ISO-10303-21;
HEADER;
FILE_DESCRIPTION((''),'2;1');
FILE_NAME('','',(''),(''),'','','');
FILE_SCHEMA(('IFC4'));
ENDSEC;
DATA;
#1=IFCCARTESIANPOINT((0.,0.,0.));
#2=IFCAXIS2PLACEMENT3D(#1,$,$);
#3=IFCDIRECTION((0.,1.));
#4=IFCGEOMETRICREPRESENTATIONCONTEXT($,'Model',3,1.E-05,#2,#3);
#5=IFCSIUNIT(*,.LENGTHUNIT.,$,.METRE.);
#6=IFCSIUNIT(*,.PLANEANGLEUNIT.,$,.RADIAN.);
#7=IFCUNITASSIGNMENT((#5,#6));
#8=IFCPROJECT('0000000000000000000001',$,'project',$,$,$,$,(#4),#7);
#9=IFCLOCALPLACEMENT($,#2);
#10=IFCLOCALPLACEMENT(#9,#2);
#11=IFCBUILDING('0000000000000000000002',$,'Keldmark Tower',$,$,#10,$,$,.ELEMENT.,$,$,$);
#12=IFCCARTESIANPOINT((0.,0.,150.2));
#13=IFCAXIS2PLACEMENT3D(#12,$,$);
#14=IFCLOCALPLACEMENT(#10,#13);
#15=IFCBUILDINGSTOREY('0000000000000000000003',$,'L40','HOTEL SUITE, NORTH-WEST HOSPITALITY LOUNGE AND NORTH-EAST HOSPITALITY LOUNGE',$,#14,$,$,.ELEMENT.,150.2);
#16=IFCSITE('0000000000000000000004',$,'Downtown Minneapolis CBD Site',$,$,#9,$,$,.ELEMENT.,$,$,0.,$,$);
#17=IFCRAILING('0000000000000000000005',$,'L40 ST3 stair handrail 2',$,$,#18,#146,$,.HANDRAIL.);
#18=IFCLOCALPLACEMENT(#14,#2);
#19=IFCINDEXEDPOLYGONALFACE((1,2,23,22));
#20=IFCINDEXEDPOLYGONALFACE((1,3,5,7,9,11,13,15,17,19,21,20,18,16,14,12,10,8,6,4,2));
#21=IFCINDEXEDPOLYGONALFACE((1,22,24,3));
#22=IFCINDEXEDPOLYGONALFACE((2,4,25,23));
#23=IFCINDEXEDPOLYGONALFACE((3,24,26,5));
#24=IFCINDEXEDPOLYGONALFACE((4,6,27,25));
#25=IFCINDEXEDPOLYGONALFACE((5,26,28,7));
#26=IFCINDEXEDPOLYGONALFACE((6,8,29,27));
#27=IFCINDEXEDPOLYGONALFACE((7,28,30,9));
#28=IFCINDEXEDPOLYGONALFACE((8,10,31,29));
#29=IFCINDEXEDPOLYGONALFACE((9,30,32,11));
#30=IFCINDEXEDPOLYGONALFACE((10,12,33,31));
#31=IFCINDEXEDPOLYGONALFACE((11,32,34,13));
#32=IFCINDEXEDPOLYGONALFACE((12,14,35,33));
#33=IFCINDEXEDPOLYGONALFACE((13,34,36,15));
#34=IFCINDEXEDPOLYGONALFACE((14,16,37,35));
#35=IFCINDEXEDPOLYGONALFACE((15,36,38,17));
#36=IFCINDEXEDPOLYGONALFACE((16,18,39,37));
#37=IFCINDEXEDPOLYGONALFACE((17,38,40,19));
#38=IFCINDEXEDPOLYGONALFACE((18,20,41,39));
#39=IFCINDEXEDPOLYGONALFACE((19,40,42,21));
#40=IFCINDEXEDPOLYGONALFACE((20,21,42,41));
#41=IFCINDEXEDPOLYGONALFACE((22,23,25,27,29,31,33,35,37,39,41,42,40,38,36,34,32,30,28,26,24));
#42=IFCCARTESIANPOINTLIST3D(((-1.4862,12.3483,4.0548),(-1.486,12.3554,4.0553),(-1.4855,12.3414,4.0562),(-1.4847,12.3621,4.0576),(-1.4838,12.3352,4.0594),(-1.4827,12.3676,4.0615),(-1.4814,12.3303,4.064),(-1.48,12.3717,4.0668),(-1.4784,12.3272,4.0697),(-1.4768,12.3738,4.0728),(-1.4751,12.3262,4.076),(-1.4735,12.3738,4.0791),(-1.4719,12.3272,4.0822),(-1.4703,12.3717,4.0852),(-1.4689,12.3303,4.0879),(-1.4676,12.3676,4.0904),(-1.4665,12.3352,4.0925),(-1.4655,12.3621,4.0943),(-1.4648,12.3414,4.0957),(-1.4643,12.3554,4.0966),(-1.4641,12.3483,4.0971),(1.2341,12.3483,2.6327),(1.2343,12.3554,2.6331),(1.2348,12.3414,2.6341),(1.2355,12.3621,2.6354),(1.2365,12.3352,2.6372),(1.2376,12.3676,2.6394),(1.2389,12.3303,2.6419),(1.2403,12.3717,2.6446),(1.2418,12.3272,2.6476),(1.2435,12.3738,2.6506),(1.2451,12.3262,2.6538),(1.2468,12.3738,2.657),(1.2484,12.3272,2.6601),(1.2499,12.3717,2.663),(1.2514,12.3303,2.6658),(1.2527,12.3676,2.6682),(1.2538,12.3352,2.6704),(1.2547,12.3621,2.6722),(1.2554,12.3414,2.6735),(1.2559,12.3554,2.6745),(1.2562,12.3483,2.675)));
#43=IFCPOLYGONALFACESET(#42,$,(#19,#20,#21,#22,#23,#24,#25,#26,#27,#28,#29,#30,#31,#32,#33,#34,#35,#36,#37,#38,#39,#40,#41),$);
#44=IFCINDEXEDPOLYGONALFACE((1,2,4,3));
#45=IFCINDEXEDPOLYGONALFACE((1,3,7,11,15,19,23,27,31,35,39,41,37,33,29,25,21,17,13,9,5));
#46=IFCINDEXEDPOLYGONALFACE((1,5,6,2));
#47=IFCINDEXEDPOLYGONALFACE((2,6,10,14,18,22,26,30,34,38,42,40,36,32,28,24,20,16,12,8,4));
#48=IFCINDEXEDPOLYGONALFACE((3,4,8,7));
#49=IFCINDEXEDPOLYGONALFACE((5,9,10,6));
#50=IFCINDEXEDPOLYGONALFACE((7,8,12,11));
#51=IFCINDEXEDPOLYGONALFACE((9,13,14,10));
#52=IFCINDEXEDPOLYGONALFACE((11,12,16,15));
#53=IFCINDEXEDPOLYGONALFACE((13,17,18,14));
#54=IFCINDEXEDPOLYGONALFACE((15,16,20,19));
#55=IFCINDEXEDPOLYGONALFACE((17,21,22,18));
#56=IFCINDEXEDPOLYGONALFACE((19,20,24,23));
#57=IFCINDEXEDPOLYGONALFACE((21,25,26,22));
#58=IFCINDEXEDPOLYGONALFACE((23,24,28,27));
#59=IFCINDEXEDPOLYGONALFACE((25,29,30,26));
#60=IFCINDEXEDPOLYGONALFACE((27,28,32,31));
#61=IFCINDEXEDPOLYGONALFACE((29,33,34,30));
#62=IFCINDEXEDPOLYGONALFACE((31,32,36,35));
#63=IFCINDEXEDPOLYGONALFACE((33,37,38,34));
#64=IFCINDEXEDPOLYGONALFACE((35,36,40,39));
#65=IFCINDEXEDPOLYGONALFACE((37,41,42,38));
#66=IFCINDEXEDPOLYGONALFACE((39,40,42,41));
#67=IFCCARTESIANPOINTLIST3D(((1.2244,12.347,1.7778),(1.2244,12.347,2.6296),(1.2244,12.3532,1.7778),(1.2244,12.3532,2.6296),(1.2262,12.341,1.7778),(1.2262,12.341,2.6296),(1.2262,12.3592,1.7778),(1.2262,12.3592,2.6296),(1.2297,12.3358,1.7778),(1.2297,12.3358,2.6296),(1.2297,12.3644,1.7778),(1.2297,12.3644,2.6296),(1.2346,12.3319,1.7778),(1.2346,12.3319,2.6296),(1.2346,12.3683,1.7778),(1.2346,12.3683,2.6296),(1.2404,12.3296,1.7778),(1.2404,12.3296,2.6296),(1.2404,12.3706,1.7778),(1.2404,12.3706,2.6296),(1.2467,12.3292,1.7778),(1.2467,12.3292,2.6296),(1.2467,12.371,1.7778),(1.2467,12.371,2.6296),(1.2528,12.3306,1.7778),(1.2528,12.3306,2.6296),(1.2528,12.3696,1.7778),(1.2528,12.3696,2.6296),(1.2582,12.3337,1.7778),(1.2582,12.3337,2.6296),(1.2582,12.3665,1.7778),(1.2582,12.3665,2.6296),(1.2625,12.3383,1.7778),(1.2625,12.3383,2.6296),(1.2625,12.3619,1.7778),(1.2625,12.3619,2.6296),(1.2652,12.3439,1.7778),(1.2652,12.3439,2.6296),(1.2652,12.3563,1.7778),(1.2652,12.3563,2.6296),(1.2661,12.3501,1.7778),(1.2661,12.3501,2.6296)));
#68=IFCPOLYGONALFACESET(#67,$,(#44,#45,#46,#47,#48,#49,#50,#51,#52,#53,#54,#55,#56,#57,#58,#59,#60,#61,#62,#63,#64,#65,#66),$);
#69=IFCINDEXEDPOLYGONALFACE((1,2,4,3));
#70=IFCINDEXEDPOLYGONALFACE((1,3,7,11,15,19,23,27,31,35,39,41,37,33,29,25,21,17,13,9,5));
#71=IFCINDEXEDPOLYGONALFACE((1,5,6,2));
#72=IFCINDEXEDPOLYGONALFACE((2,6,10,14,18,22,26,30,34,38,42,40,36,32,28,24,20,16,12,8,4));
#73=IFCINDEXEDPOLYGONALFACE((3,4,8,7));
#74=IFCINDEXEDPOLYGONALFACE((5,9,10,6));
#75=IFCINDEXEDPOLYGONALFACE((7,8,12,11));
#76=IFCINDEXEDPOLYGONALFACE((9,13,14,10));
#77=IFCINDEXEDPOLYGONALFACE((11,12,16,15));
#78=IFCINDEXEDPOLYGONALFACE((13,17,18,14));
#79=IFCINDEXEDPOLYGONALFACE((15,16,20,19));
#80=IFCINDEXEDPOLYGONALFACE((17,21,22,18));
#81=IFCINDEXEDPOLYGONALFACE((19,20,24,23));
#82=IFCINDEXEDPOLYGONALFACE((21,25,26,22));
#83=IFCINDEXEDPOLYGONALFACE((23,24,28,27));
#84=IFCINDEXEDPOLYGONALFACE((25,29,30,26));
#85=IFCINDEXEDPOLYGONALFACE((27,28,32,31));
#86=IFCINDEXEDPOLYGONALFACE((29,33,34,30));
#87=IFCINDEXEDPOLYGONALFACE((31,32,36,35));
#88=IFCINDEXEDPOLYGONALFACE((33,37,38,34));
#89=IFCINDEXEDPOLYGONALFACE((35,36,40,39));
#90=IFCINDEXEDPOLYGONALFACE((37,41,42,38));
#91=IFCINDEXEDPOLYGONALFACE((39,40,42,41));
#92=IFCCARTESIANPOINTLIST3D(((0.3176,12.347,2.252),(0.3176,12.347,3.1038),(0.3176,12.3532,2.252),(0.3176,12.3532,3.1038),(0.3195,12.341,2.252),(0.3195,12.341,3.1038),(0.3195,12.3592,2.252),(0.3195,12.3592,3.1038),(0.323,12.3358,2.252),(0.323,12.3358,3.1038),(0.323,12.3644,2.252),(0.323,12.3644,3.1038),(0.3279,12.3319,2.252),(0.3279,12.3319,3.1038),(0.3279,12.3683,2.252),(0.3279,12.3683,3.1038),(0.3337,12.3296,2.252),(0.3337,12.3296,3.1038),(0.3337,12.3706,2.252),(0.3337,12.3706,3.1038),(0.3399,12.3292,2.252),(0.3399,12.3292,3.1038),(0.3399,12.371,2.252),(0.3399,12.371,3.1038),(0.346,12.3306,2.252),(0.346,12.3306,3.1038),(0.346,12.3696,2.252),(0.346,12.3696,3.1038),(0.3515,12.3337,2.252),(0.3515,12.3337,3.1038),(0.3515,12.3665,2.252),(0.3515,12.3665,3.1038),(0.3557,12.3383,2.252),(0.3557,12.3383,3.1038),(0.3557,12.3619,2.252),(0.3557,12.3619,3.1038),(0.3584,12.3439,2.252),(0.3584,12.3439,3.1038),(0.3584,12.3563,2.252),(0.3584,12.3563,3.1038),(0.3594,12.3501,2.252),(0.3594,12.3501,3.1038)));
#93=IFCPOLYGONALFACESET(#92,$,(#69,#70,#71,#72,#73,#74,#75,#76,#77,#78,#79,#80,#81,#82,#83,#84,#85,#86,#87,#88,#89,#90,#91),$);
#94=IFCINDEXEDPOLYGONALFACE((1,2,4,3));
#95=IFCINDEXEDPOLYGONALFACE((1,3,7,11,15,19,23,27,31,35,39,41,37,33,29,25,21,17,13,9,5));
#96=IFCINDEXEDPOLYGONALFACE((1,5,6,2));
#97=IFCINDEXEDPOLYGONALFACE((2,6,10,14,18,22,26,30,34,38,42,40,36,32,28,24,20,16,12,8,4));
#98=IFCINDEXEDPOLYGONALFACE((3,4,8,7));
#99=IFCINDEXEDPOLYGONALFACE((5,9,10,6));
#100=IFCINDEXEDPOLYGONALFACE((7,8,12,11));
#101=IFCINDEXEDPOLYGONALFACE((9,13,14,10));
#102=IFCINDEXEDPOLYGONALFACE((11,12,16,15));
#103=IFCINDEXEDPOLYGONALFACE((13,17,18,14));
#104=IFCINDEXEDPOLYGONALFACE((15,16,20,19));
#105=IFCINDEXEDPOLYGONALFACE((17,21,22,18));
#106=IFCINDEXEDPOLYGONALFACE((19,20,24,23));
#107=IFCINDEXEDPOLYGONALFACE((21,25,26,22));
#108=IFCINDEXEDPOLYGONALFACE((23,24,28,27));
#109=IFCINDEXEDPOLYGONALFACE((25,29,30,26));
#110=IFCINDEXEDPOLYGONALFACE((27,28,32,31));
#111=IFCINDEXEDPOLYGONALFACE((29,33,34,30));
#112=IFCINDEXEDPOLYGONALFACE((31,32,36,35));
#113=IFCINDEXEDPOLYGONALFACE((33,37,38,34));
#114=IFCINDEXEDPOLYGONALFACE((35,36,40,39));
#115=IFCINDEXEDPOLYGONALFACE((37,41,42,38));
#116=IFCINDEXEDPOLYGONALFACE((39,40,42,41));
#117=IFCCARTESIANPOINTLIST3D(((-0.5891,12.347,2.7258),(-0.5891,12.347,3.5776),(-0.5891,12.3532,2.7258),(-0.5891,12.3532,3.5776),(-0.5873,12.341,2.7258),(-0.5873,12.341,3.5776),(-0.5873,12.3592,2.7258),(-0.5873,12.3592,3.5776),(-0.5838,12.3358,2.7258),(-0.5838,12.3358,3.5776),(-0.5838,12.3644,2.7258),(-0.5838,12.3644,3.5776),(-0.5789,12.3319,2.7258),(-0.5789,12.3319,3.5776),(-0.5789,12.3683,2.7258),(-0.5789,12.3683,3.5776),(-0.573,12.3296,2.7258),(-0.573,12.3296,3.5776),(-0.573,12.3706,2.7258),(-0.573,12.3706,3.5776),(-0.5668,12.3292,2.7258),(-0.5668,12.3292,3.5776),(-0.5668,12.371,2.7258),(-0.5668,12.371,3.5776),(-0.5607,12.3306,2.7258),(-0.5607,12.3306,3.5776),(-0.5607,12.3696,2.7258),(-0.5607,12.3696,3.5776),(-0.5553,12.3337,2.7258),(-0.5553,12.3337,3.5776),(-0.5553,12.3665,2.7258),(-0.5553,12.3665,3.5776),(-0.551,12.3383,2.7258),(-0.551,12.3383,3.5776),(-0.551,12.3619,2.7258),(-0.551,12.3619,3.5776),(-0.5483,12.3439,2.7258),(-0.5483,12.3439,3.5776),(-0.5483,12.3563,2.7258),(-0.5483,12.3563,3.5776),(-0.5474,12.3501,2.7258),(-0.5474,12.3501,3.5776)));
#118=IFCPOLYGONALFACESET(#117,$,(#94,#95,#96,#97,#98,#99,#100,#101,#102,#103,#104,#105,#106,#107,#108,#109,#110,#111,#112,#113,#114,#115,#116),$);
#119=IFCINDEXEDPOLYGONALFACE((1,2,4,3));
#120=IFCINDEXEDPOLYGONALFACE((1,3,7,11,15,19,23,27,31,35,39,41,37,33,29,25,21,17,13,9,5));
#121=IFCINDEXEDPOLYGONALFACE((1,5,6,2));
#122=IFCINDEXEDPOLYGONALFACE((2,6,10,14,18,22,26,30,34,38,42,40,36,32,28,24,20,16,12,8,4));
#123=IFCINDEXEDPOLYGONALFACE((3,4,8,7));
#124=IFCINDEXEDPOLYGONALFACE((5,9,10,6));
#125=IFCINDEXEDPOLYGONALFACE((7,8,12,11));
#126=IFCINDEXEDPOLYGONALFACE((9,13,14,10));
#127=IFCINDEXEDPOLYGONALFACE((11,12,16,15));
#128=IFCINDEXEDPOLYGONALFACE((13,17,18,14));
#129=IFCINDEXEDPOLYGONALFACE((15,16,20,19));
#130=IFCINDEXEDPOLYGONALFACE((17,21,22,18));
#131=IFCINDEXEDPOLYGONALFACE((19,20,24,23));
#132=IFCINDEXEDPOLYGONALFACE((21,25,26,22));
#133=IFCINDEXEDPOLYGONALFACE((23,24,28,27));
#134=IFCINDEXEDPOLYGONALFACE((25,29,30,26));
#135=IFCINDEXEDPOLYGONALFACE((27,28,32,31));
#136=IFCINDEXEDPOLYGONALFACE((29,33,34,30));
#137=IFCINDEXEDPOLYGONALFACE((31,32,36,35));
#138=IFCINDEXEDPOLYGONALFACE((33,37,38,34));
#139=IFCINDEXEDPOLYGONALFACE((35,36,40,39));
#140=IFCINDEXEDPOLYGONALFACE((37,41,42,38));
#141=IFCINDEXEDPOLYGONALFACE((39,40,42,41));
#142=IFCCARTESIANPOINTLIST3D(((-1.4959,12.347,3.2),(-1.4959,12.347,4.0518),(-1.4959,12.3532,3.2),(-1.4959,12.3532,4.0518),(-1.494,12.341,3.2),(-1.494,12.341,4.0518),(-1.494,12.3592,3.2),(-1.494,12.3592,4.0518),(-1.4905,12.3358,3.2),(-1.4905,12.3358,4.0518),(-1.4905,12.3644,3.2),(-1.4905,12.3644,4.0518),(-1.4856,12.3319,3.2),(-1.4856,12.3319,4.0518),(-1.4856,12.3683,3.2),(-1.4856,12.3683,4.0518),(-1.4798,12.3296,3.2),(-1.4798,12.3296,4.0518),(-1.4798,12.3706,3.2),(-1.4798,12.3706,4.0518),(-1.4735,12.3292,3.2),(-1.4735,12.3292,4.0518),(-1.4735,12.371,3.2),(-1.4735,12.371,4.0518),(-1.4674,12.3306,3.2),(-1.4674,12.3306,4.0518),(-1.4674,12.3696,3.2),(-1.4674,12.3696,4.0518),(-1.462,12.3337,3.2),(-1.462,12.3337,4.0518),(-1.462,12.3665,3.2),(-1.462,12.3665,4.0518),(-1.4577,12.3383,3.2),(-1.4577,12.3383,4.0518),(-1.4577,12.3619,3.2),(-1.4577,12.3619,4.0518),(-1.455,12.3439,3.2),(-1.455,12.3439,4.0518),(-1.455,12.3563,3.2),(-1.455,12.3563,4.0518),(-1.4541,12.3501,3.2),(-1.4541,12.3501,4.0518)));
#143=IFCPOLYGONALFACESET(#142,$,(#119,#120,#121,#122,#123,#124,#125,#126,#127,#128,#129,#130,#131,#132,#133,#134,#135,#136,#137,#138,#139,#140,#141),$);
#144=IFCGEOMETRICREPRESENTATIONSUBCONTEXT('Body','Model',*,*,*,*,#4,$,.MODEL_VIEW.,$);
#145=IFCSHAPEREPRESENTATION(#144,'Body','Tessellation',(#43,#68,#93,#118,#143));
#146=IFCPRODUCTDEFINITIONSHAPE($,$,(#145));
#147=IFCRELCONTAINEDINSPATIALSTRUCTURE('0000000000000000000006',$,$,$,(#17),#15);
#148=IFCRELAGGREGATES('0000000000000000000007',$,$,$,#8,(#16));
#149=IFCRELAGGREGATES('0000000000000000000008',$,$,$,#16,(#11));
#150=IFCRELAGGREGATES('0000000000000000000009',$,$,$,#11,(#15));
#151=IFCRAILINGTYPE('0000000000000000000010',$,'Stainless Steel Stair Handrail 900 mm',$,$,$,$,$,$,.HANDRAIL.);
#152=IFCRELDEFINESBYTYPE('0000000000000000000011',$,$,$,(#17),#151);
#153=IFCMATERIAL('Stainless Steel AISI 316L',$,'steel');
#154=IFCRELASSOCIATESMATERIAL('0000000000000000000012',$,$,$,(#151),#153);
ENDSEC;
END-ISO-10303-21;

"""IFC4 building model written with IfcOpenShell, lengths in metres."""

from ifc_helpers import new_model, si_unit, direction, frame, origin, origin_2d, place, context, subcontext, project, spatial, circle, extrude, material, type_object, element, save


model = new_model("IFC4")

# Units and contexts
model_context = context("Model", 3, precision=1e-05, world=origin(), true_north=direction((0.0, 1.0)))
body_context = subcontext(model_context, "Body", "Model", "MODEL_VIEW")
ifc_project = project(units=[si_unit("LENGTHUNIT", "METRE"), si_unit("PLANEANGLEUNIT", "RADIAN")], contexts=[model_context])

# Site, building, storey
site_placement = place(None, origin())
site = spatial("IfcSite", under=ifc_project, at=site_placement, Name="Downtown Minneapolis CBD Site", CompositionType="ELEMENT", RefElevation=0.0)
building_placement = place(site_placement, origin())
building = spatial("IfcBuilding", under=site, at=building_placement, Name="Keldmark Tower", CompositionType="ELEMENT")
storey_placement = place(building_placement, frame((0.0, 0.0, 150.2)))
storey = spatial("IfcBuildingStorey", under=building, at=storey_placement, Name="L40", Description="HOTEL SUITE, NORTH-WEST HOSPITALITY LOUNGE AND NORTH-EAST HOSPITALITY LOUNGE", CompositionType="ELEMENT", Elevation=150.2)

# Railing
ifc_material_1 = material(Name="Stainless Steel AISI 316L", Category="steel")
railing_type_1 = type_object("IfcRailingType", Name="Stainless Steel Stair Handrail 900 mm", PredefinedType="HANDRAIL", material=ifc_material_1)
railing_1_placement = place(storey_placement, frame((1.2451, 12.3501, 1.7778)))
element("IfcRailing", 1, at=railing_1_placement, inside=storey, type_object=railing_type_1, Name="L40 ST3 stair handrail 2", PredefinedType="HANDRAIL", context=body_context, shape_type="SweptSolid", body=[
    extrude(circle(Radius=0.0239, at=origin_2d()), frame((0.0, 0.0, 0.876), z_axis=(-0.8862, 0.0, 0.463302), x_axis=(0.0, -1.0, 0.0)), (0.0, 0.0, 1.0), 3.0696),
    extrude(circle(Radius=0.021, at=origin_2d()), origin(), (0.0, 0.0, 1.0), 0.8518),
    extrude(circle(Radius=0.021, at=origin_2d()), frame((-0.9067, 0.0, 0.4741)), (0.0, 0.0, 1.0), 0.8518),
    extrude(circle(Radius=0.021, at=origin_2d()), frame((-1.8135, 0.0, 0.948)), (0.0, 0.0, 1.0), 0.8518),
    extrude(circle(Radius=0.021, at=origin_2d()), frame((-2.7202, 0.0, 1.4221)), (0.0, 0.0, 1.0), 0.8518),
])

save(model, "model.ifc")
